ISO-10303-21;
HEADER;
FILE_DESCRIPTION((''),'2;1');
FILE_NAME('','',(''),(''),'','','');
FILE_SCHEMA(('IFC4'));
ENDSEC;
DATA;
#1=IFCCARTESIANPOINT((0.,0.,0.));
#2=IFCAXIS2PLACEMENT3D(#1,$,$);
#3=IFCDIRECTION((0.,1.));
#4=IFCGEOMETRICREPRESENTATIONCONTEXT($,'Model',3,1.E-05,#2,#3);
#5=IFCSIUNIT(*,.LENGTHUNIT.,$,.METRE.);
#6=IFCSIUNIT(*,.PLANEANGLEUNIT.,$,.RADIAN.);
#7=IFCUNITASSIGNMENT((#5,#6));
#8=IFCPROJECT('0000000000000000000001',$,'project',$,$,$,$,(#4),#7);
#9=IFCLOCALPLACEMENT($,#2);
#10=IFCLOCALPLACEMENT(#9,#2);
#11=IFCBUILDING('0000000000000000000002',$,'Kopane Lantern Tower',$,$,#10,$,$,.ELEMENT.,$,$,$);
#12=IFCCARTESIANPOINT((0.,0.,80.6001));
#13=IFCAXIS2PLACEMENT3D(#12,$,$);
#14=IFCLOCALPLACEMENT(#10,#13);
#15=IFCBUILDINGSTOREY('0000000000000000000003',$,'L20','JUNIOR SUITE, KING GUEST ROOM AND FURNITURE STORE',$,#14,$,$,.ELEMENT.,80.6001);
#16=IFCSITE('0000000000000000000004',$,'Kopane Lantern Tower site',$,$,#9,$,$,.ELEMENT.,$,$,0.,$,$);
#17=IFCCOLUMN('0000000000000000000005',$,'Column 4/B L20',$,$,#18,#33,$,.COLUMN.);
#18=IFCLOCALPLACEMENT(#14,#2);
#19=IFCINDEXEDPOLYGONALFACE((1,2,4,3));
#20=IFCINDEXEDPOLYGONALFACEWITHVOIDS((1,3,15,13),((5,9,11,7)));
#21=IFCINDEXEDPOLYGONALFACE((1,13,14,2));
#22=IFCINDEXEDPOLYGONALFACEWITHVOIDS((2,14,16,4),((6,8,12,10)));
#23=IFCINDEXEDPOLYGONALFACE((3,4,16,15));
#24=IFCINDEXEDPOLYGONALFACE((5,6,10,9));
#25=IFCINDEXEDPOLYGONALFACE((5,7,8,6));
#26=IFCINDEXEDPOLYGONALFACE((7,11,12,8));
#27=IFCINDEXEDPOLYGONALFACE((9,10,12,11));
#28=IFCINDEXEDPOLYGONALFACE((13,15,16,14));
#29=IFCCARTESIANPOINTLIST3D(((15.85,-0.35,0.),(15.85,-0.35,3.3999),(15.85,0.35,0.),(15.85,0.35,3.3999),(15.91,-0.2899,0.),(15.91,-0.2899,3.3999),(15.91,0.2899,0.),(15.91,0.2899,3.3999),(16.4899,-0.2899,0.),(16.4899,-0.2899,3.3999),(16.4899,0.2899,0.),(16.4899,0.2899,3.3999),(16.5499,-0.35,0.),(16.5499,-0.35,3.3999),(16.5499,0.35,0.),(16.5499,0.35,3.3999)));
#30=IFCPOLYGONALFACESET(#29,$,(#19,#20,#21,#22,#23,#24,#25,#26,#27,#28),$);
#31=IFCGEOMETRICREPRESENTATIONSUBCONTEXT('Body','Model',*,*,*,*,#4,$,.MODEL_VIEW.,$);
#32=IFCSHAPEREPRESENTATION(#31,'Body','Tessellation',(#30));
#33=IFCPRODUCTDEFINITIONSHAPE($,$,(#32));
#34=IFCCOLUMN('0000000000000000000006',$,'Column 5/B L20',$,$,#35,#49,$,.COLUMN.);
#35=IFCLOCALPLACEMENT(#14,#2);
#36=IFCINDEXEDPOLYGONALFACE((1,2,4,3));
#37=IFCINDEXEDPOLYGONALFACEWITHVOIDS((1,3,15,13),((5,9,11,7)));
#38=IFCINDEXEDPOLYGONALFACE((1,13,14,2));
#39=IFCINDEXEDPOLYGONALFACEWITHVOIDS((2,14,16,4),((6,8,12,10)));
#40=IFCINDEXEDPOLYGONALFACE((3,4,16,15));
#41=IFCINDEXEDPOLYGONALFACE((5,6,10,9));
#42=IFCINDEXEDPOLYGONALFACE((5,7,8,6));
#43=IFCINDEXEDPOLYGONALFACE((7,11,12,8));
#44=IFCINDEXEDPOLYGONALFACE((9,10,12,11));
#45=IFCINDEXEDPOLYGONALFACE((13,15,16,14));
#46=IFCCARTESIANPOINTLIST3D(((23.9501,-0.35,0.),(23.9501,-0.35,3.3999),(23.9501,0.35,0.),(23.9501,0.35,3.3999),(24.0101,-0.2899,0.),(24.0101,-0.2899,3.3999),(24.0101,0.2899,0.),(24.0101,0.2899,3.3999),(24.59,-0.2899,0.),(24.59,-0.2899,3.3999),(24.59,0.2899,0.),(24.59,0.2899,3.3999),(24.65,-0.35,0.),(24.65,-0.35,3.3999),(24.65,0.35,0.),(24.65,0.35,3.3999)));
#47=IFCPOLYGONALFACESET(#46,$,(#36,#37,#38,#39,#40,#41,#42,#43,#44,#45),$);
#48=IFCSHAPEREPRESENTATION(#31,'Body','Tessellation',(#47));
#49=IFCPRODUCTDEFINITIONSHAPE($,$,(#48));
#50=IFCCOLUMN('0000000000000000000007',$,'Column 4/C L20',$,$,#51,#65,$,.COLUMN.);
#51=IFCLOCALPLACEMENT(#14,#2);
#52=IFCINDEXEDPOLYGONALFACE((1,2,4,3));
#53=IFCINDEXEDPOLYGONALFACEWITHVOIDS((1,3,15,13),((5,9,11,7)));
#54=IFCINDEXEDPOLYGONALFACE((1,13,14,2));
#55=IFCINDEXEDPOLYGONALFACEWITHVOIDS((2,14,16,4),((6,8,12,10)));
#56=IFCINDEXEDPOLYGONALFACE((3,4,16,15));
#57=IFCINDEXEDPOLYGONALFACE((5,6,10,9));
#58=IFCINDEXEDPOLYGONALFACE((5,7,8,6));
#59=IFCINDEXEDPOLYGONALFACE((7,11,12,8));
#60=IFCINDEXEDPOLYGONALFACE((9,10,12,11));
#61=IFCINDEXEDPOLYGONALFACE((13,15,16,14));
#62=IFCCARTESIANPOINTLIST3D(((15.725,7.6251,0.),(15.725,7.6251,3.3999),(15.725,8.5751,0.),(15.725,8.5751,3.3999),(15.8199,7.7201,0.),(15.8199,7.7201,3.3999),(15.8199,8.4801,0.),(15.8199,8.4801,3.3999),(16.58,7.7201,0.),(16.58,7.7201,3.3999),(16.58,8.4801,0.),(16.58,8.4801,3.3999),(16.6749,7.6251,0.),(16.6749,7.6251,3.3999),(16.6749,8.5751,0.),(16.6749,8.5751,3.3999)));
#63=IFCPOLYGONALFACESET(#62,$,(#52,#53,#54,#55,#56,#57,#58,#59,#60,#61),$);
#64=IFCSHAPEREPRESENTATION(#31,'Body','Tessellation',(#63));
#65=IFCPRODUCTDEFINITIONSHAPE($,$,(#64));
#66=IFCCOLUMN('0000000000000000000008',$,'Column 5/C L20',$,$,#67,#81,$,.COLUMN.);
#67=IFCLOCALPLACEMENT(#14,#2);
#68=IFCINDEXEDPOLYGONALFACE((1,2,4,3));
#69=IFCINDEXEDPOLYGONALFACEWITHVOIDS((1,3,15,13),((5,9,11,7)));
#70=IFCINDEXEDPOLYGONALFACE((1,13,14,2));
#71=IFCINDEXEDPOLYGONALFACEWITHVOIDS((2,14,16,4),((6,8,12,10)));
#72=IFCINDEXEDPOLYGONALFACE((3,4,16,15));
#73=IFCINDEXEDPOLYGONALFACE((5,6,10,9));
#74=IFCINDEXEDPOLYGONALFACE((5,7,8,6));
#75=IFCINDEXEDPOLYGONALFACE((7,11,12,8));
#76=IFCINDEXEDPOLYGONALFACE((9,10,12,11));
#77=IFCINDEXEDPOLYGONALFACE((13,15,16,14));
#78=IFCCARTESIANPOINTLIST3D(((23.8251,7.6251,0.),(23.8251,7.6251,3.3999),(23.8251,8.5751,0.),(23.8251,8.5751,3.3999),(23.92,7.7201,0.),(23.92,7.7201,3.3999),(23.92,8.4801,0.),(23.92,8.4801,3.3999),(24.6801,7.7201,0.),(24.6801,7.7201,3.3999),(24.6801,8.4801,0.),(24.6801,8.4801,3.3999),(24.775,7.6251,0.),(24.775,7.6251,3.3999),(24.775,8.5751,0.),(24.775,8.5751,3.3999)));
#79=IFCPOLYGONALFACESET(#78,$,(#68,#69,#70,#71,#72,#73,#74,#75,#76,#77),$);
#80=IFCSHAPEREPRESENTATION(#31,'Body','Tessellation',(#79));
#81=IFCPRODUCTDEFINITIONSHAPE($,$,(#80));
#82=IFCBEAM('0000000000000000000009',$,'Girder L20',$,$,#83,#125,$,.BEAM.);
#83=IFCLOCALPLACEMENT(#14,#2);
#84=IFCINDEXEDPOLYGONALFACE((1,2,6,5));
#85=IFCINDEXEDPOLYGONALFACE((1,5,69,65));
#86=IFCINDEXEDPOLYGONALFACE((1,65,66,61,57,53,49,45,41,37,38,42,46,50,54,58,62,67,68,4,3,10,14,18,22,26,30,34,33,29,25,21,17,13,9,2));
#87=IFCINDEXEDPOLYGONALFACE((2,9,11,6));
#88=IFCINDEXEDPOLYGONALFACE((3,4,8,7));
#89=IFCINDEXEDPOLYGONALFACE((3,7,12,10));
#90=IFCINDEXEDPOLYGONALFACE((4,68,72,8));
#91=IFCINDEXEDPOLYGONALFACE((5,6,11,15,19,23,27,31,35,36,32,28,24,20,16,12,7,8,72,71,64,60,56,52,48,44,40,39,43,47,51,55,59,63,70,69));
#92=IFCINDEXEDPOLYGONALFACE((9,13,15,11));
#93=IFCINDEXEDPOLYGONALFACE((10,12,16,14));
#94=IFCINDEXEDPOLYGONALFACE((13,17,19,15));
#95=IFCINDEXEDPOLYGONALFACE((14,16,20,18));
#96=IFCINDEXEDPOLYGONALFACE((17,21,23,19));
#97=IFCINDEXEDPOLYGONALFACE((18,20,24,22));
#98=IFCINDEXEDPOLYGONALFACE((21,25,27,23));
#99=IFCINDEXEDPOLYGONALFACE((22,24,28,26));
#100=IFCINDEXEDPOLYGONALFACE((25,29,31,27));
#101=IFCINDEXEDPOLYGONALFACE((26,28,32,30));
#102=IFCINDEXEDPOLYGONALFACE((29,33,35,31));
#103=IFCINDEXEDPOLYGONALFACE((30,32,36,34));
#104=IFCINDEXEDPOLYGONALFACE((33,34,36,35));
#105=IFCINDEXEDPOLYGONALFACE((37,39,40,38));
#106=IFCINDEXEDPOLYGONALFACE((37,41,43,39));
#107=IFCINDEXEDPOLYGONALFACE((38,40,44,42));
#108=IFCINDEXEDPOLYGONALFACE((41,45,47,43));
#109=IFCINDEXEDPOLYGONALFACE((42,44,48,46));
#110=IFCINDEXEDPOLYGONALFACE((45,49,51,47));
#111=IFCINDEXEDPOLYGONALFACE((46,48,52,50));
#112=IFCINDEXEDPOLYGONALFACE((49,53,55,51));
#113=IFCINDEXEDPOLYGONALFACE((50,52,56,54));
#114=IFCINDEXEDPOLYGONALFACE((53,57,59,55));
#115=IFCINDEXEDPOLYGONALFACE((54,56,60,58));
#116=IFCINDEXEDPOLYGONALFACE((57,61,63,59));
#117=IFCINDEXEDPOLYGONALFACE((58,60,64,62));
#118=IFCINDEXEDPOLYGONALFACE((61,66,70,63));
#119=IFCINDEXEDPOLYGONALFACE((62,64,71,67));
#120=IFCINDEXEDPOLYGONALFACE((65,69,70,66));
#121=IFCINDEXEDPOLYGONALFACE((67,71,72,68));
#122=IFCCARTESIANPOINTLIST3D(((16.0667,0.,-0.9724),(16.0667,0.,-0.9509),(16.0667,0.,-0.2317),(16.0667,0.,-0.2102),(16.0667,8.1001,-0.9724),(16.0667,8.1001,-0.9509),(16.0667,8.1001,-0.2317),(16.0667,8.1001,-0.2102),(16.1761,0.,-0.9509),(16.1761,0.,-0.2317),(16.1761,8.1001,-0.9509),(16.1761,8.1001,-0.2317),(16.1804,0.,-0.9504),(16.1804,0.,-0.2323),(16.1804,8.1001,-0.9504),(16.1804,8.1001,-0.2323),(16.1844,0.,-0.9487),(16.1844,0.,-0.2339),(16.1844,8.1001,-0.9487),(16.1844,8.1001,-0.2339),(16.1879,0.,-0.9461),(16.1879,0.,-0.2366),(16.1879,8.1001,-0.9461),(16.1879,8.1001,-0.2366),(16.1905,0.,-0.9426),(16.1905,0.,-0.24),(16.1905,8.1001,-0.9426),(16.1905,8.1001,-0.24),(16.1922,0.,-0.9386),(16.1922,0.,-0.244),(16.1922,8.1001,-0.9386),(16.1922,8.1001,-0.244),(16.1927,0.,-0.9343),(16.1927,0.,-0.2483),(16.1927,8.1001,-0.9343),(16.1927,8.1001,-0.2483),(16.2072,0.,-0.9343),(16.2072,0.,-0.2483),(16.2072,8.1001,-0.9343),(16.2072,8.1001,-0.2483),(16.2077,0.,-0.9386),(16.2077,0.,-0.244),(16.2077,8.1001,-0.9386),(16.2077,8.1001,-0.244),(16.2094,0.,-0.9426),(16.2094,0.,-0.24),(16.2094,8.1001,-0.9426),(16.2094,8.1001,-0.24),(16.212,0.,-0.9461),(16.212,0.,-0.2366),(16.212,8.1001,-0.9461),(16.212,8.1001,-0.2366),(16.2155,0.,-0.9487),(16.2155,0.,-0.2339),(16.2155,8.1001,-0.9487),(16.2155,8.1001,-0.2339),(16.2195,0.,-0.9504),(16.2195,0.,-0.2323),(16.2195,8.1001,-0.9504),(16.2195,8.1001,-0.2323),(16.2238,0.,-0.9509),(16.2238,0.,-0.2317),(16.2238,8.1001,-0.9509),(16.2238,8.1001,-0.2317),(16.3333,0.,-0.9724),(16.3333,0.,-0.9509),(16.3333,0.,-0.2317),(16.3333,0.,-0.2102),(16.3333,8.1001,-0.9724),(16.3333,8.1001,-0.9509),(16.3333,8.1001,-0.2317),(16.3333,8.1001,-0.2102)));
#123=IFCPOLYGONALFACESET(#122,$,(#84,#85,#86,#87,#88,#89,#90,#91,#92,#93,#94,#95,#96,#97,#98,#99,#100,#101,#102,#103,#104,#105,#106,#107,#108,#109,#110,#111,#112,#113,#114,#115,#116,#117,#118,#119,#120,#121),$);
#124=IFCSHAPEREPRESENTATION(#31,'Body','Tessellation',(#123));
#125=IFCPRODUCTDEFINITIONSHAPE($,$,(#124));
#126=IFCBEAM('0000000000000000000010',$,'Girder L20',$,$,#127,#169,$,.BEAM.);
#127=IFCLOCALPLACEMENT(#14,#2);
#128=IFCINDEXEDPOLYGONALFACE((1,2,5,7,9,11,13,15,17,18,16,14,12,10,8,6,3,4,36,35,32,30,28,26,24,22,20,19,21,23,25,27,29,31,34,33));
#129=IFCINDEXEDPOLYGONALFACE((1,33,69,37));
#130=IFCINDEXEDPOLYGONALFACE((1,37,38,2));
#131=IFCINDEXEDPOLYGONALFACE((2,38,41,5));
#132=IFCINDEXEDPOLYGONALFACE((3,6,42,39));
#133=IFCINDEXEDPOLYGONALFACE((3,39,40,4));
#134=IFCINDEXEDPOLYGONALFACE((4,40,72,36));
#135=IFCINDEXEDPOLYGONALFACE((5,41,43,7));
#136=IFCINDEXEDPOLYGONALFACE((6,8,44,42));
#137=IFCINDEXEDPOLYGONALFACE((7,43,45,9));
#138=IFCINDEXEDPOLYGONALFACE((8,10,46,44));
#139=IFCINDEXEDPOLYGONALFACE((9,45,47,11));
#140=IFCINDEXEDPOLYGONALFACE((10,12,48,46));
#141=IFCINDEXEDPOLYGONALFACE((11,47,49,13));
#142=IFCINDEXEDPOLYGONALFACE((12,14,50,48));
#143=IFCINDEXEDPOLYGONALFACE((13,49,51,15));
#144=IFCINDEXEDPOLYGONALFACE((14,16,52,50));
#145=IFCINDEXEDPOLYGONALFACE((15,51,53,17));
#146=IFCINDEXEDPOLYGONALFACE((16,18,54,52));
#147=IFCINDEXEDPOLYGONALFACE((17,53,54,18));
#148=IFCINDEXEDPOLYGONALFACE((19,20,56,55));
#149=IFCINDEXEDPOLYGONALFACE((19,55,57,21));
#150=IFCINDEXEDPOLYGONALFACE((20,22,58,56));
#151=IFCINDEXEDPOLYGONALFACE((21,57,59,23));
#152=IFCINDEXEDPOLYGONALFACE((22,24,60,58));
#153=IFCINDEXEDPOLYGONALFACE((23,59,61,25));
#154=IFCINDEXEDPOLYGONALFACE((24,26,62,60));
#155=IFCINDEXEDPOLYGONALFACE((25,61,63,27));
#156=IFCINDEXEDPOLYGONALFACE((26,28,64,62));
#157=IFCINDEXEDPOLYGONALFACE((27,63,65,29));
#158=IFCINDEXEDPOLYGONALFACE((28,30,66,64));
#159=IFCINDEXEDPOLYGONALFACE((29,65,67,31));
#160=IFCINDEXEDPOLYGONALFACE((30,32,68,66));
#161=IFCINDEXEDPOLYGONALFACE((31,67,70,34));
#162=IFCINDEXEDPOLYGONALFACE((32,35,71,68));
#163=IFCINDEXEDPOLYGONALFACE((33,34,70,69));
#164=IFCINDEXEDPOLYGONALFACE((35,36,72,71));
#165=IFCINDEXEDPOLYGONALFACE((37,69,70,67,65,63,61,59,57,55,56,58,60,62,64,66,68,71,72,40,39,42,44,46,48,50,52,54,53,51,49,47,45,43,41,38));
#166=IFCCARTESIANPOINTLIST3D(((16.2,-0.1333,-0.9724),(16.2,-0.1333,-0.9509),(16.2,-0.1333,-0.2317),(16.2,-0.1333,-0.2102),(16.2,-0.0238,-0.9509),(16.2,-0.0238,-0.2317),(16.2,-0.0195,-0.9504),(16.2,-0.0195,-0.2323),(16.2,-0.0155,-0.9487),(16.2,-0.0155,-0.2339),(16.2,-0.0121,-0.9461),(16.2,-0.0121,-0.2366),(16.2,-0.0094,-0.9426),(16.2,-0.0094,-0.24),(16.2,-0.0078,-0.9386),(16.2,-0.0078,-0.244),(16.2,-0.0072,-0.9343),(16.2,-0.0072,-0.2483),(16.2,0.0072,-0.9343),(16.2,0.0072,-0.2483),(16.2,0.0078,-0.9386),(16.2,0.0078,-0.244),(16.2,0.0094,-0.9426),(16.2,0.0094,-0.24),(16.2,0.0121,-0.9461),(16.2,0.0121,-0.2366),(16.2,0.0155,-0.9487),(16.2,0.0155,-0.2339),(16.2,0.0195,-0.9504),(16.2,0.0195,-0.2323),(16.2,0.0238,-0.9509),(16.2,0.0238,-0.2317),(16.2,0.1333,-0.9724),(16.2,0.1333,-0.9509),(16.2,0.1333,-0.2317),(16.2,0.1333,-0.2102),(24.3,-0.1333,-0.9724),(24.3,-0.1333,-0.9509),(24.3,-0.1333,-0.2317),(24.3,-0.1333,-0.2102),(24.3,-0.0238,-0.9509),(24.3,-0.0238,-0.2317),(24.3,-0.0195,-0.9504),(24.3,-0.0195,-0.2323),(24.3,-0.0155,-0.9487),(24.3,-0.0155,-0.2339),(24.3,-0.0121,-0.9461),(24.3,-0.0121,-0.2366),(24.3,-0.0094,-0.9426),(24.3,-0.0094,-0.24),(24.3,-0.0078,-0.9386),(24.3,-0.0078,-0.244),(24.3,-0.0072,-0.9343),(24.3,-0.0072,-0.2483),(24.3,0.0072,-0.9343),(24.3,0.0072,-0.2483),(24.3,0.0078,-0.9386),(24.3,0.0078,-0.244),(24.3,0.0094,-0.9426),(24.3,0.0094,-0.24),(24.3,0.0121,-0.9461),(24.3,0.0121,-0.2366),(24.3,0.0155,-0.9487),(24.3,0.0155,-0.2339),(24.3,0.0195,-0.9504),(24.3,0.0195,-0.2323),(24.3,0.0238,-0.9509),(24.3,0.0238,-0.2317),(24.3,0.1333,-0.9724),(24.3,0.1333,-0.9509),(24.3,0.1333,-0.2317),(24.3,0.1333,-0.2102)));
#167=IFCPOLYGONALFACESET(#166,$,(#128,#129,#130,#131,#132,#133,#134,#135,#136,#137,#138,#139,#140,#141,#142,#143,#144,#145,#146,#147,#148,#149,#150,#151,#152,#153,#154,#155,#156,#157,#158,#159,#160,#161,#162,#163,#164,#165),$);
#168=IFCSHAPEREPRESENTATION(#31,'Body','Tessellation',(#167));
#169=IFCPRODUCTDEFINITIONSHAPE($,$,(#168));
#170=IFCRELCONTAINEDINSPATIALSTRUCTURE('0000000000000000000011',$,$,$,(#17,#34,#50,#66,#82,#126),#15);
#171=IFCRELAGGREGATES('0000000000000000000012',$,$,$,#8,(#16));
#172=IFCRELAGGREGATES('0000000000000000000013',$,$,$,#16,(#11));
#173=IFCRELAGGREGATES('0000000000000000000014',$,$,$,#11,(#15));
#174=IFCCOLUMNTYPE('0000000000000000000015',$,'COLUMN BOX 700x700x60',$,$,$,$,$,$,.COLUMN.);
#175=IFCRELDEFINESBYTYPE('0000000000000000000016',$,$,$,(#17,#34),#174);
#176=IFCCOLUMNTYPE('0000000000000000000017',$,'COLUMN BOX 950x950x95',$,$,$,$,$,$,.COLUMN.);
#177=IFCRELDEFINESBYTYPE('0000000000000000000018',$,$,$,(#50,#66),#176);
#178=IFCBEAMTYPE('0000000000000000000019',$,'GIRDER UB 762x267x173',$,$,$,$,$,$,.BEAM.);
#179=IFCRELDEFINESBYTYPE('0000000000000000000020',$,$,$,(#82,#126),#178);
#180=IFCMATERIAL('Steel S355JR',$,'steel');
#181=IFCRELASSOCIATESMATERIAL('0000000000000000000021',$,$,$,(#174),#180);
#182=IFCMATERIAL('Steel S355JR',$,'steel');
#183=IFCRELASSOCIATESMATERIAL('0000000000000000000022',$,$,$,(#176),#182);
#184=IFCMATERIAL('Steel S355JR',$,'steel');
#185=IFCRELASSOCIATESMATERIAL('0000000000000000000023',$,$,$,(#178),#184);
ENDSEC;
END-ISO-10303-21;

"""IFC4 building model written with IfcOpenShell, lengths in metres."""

from ifc_helpers import new_model, si_unit, direction, frame, origin, origin_2d, place, context, subcontext, project, spatial, hollow_rectangle, i_section, extrude, material, material_profile, profile_set, type_object, element, save


model = new_model("IFC4")

# Units and contexts
model_context = context("Model", 3, precision=1e-05, world=origin(), true_north=direction((0.0, 1.0)))
body_context = subcontext(model_context, "Body", "Model", "MODEL_VIEW")
ifc_project = project(units=[si_unit("LENGTHUNIT", "METRE"), si_unit("PLANEANGLEUNIT", "RADIAN")], contexts=[model_context])

# Site, building, storey
site_placement = place(None, origin())
site = spatial("IfcSite", under=ifc_project, at=site_placement, Name="Kopane Lantern Tower site", CompositionType="ELEMENT", RefElevation=0.0)
building_placement = place(site_placement, origin())
building = spatial("IfcBuilding", under=site, at=building_placement, Name="Kopane Lantern Tower", CompositionType="ELEMENT")
storey_placement = place(building_placement, frame((0.0, 0.0, 80.6001)))
storey = spatial("IfcBuildingStorey", under=building, at=storey_placement, Name="L20", Description="JUNIOR SUITE, KING GUEST ROOM AND FURNITURE STORE", CompositionType="ELEMENT", Elevation=80.6001)

# Columns
ifc_material_1 = material(Name="Steel S355JR", Category="steel")
ifc_material_profile_1 = material_profile(ifc_material_1, hollow_rectangle(XDim=0.7, YDim=0.7, WallThickness=0.0601, at=origin_2d()), Name="BOX 700x700x60")
ifc_profile_set_1 = profile_set([ifc_material_profile_1], Name="Steel S355JR")
column_type_1 = type_object("IfcColumnType", Name="COLUMN BOX 700x700x60", PredefinedType="COLUMN", material=ifc_profile_set_1)
for number, where, z_axis, x_axis, name in (
    (1, (16.2, 0.0, 0.0), (0.0, 0.0, 1.0), (1.0, 0.0, 0.0), "Column 4/B L20"),
    (2, (24.3, 0.0, 0.0), (0.0, 0.0, 1.0), (1.0, 0.0, 0.0), "Column 5/B L20"),
):
    element("IfcColumn", number, at=place(storey_placement, frame(where, z_axis=z_axis, x_axis=x_axis)), inside=storey, type_object=column_type_1, Name=name, PredefinedType="COLUMN", context=body_context, shape_type="SweptSolid", body=[
        extrude(hollow_rectangle(XDim=0.7, YDim=0.7, WallThickness=0.0601, at=origin_2d()), origin(), (0.0, 0.0, 1.0), 3.3999),
    ])
ifc_material_2 = material(Name="Steel S355JR", Category="steel")
ifc_material_profile_2 = material_profile(ifc_material_2, hollow_rectangle(XDim=0.95, YDim=0.95, WallThickness=0.095, at=origin_2d()), Name="BOX 950x950x95")
ifc_profile_set_2 = profile_set([ifc_material_profile_2], Name="Steel S355JR")
column_type_2 = type_object("IfcColumnType", Name="COLUMN BOX 950x950x95", PredefinedType="COLUMN", material=ifc_profile_set_2)
for number, where, z_axis, x_axis, name in (
    (3, (16.2, 8.1001, 0.0), (0.0, 0.0, 1.0), (1.0, 0.0, 0.0), "Column 4/C L20"),
    (4, (24.3, 8.1001, 0.0), (0.0, 0.0, 1.0), (1.0, 0.0, 0.0), "Column 5/C L20"),
):
    element("IfcColumn", number, at=place(storey_placement, frame(where, z_axis=z_axis, x_axis=x_axis)), inside=storey, type_object=column_type_2, Name=name, PredefinedType="COLUMN", context=body_context, shape_type="SweptSolid", body=[
        extrude(hollow_rectangle(XDim=0.95, YDim=0.95, WallThickness=0.095, at=origin_2d()), origin(), (0.0, 0.0, 1.0), 3.3999),
    ])

# Beams
ifc_material_3 = material(Name="Steel S355JR", Category="steel")
ifc_material_profile_3 = material_profile(ifc_material_3, i_section(OverallWidth=0.2666, OverallDepth=0.7622, WebThickness=0.0144, FlangeThickness=0.0215, FilletRadius=0.0166, at=origin_2d()), Name="UB 762x267x173")
ifc_profile_set_3 = profile_set([ifc_material_profile_3], Name="Steel S355JR")
beam_type = type_object("IfcBeamType", Name="GIRDER UB 762x267x173", PredefinedType="BEAM", material=ifc_profile_set_3)
for number, where, z_axis, x_axis, name in (
    (5, (16.2, 0.0, -0.5913), (0.0, 1.0, 0.0), (-1.0, 0.0, 0.0), "Girder L20"),
    (6, (16.2, 0.0, -0.5913), (1.0, 0.0, 0.0), (0.0, 1.0, 0.0), "Girder L20"),
):
    element("IfcBeam", number, at=place(storey_placement, frame(where, z_axis=z_axis, x_axis=x_axis)), inside=storey, type_object=beam_type, Name=name, PredefinedType="BEAM", context=body_context, shape_type="SweptSolid", body=[
        extrude(i_section(OverallWidth=0.2666, OverallDepth=0.7622, WebThickness=0.0144, FlangeThickness=0.0215, FilletRadius=0.0166, at=origin_2d()), origin(), (0.0, 0.0, 1.0), 8.1001),
    ])

save(model, "model.ifc")
